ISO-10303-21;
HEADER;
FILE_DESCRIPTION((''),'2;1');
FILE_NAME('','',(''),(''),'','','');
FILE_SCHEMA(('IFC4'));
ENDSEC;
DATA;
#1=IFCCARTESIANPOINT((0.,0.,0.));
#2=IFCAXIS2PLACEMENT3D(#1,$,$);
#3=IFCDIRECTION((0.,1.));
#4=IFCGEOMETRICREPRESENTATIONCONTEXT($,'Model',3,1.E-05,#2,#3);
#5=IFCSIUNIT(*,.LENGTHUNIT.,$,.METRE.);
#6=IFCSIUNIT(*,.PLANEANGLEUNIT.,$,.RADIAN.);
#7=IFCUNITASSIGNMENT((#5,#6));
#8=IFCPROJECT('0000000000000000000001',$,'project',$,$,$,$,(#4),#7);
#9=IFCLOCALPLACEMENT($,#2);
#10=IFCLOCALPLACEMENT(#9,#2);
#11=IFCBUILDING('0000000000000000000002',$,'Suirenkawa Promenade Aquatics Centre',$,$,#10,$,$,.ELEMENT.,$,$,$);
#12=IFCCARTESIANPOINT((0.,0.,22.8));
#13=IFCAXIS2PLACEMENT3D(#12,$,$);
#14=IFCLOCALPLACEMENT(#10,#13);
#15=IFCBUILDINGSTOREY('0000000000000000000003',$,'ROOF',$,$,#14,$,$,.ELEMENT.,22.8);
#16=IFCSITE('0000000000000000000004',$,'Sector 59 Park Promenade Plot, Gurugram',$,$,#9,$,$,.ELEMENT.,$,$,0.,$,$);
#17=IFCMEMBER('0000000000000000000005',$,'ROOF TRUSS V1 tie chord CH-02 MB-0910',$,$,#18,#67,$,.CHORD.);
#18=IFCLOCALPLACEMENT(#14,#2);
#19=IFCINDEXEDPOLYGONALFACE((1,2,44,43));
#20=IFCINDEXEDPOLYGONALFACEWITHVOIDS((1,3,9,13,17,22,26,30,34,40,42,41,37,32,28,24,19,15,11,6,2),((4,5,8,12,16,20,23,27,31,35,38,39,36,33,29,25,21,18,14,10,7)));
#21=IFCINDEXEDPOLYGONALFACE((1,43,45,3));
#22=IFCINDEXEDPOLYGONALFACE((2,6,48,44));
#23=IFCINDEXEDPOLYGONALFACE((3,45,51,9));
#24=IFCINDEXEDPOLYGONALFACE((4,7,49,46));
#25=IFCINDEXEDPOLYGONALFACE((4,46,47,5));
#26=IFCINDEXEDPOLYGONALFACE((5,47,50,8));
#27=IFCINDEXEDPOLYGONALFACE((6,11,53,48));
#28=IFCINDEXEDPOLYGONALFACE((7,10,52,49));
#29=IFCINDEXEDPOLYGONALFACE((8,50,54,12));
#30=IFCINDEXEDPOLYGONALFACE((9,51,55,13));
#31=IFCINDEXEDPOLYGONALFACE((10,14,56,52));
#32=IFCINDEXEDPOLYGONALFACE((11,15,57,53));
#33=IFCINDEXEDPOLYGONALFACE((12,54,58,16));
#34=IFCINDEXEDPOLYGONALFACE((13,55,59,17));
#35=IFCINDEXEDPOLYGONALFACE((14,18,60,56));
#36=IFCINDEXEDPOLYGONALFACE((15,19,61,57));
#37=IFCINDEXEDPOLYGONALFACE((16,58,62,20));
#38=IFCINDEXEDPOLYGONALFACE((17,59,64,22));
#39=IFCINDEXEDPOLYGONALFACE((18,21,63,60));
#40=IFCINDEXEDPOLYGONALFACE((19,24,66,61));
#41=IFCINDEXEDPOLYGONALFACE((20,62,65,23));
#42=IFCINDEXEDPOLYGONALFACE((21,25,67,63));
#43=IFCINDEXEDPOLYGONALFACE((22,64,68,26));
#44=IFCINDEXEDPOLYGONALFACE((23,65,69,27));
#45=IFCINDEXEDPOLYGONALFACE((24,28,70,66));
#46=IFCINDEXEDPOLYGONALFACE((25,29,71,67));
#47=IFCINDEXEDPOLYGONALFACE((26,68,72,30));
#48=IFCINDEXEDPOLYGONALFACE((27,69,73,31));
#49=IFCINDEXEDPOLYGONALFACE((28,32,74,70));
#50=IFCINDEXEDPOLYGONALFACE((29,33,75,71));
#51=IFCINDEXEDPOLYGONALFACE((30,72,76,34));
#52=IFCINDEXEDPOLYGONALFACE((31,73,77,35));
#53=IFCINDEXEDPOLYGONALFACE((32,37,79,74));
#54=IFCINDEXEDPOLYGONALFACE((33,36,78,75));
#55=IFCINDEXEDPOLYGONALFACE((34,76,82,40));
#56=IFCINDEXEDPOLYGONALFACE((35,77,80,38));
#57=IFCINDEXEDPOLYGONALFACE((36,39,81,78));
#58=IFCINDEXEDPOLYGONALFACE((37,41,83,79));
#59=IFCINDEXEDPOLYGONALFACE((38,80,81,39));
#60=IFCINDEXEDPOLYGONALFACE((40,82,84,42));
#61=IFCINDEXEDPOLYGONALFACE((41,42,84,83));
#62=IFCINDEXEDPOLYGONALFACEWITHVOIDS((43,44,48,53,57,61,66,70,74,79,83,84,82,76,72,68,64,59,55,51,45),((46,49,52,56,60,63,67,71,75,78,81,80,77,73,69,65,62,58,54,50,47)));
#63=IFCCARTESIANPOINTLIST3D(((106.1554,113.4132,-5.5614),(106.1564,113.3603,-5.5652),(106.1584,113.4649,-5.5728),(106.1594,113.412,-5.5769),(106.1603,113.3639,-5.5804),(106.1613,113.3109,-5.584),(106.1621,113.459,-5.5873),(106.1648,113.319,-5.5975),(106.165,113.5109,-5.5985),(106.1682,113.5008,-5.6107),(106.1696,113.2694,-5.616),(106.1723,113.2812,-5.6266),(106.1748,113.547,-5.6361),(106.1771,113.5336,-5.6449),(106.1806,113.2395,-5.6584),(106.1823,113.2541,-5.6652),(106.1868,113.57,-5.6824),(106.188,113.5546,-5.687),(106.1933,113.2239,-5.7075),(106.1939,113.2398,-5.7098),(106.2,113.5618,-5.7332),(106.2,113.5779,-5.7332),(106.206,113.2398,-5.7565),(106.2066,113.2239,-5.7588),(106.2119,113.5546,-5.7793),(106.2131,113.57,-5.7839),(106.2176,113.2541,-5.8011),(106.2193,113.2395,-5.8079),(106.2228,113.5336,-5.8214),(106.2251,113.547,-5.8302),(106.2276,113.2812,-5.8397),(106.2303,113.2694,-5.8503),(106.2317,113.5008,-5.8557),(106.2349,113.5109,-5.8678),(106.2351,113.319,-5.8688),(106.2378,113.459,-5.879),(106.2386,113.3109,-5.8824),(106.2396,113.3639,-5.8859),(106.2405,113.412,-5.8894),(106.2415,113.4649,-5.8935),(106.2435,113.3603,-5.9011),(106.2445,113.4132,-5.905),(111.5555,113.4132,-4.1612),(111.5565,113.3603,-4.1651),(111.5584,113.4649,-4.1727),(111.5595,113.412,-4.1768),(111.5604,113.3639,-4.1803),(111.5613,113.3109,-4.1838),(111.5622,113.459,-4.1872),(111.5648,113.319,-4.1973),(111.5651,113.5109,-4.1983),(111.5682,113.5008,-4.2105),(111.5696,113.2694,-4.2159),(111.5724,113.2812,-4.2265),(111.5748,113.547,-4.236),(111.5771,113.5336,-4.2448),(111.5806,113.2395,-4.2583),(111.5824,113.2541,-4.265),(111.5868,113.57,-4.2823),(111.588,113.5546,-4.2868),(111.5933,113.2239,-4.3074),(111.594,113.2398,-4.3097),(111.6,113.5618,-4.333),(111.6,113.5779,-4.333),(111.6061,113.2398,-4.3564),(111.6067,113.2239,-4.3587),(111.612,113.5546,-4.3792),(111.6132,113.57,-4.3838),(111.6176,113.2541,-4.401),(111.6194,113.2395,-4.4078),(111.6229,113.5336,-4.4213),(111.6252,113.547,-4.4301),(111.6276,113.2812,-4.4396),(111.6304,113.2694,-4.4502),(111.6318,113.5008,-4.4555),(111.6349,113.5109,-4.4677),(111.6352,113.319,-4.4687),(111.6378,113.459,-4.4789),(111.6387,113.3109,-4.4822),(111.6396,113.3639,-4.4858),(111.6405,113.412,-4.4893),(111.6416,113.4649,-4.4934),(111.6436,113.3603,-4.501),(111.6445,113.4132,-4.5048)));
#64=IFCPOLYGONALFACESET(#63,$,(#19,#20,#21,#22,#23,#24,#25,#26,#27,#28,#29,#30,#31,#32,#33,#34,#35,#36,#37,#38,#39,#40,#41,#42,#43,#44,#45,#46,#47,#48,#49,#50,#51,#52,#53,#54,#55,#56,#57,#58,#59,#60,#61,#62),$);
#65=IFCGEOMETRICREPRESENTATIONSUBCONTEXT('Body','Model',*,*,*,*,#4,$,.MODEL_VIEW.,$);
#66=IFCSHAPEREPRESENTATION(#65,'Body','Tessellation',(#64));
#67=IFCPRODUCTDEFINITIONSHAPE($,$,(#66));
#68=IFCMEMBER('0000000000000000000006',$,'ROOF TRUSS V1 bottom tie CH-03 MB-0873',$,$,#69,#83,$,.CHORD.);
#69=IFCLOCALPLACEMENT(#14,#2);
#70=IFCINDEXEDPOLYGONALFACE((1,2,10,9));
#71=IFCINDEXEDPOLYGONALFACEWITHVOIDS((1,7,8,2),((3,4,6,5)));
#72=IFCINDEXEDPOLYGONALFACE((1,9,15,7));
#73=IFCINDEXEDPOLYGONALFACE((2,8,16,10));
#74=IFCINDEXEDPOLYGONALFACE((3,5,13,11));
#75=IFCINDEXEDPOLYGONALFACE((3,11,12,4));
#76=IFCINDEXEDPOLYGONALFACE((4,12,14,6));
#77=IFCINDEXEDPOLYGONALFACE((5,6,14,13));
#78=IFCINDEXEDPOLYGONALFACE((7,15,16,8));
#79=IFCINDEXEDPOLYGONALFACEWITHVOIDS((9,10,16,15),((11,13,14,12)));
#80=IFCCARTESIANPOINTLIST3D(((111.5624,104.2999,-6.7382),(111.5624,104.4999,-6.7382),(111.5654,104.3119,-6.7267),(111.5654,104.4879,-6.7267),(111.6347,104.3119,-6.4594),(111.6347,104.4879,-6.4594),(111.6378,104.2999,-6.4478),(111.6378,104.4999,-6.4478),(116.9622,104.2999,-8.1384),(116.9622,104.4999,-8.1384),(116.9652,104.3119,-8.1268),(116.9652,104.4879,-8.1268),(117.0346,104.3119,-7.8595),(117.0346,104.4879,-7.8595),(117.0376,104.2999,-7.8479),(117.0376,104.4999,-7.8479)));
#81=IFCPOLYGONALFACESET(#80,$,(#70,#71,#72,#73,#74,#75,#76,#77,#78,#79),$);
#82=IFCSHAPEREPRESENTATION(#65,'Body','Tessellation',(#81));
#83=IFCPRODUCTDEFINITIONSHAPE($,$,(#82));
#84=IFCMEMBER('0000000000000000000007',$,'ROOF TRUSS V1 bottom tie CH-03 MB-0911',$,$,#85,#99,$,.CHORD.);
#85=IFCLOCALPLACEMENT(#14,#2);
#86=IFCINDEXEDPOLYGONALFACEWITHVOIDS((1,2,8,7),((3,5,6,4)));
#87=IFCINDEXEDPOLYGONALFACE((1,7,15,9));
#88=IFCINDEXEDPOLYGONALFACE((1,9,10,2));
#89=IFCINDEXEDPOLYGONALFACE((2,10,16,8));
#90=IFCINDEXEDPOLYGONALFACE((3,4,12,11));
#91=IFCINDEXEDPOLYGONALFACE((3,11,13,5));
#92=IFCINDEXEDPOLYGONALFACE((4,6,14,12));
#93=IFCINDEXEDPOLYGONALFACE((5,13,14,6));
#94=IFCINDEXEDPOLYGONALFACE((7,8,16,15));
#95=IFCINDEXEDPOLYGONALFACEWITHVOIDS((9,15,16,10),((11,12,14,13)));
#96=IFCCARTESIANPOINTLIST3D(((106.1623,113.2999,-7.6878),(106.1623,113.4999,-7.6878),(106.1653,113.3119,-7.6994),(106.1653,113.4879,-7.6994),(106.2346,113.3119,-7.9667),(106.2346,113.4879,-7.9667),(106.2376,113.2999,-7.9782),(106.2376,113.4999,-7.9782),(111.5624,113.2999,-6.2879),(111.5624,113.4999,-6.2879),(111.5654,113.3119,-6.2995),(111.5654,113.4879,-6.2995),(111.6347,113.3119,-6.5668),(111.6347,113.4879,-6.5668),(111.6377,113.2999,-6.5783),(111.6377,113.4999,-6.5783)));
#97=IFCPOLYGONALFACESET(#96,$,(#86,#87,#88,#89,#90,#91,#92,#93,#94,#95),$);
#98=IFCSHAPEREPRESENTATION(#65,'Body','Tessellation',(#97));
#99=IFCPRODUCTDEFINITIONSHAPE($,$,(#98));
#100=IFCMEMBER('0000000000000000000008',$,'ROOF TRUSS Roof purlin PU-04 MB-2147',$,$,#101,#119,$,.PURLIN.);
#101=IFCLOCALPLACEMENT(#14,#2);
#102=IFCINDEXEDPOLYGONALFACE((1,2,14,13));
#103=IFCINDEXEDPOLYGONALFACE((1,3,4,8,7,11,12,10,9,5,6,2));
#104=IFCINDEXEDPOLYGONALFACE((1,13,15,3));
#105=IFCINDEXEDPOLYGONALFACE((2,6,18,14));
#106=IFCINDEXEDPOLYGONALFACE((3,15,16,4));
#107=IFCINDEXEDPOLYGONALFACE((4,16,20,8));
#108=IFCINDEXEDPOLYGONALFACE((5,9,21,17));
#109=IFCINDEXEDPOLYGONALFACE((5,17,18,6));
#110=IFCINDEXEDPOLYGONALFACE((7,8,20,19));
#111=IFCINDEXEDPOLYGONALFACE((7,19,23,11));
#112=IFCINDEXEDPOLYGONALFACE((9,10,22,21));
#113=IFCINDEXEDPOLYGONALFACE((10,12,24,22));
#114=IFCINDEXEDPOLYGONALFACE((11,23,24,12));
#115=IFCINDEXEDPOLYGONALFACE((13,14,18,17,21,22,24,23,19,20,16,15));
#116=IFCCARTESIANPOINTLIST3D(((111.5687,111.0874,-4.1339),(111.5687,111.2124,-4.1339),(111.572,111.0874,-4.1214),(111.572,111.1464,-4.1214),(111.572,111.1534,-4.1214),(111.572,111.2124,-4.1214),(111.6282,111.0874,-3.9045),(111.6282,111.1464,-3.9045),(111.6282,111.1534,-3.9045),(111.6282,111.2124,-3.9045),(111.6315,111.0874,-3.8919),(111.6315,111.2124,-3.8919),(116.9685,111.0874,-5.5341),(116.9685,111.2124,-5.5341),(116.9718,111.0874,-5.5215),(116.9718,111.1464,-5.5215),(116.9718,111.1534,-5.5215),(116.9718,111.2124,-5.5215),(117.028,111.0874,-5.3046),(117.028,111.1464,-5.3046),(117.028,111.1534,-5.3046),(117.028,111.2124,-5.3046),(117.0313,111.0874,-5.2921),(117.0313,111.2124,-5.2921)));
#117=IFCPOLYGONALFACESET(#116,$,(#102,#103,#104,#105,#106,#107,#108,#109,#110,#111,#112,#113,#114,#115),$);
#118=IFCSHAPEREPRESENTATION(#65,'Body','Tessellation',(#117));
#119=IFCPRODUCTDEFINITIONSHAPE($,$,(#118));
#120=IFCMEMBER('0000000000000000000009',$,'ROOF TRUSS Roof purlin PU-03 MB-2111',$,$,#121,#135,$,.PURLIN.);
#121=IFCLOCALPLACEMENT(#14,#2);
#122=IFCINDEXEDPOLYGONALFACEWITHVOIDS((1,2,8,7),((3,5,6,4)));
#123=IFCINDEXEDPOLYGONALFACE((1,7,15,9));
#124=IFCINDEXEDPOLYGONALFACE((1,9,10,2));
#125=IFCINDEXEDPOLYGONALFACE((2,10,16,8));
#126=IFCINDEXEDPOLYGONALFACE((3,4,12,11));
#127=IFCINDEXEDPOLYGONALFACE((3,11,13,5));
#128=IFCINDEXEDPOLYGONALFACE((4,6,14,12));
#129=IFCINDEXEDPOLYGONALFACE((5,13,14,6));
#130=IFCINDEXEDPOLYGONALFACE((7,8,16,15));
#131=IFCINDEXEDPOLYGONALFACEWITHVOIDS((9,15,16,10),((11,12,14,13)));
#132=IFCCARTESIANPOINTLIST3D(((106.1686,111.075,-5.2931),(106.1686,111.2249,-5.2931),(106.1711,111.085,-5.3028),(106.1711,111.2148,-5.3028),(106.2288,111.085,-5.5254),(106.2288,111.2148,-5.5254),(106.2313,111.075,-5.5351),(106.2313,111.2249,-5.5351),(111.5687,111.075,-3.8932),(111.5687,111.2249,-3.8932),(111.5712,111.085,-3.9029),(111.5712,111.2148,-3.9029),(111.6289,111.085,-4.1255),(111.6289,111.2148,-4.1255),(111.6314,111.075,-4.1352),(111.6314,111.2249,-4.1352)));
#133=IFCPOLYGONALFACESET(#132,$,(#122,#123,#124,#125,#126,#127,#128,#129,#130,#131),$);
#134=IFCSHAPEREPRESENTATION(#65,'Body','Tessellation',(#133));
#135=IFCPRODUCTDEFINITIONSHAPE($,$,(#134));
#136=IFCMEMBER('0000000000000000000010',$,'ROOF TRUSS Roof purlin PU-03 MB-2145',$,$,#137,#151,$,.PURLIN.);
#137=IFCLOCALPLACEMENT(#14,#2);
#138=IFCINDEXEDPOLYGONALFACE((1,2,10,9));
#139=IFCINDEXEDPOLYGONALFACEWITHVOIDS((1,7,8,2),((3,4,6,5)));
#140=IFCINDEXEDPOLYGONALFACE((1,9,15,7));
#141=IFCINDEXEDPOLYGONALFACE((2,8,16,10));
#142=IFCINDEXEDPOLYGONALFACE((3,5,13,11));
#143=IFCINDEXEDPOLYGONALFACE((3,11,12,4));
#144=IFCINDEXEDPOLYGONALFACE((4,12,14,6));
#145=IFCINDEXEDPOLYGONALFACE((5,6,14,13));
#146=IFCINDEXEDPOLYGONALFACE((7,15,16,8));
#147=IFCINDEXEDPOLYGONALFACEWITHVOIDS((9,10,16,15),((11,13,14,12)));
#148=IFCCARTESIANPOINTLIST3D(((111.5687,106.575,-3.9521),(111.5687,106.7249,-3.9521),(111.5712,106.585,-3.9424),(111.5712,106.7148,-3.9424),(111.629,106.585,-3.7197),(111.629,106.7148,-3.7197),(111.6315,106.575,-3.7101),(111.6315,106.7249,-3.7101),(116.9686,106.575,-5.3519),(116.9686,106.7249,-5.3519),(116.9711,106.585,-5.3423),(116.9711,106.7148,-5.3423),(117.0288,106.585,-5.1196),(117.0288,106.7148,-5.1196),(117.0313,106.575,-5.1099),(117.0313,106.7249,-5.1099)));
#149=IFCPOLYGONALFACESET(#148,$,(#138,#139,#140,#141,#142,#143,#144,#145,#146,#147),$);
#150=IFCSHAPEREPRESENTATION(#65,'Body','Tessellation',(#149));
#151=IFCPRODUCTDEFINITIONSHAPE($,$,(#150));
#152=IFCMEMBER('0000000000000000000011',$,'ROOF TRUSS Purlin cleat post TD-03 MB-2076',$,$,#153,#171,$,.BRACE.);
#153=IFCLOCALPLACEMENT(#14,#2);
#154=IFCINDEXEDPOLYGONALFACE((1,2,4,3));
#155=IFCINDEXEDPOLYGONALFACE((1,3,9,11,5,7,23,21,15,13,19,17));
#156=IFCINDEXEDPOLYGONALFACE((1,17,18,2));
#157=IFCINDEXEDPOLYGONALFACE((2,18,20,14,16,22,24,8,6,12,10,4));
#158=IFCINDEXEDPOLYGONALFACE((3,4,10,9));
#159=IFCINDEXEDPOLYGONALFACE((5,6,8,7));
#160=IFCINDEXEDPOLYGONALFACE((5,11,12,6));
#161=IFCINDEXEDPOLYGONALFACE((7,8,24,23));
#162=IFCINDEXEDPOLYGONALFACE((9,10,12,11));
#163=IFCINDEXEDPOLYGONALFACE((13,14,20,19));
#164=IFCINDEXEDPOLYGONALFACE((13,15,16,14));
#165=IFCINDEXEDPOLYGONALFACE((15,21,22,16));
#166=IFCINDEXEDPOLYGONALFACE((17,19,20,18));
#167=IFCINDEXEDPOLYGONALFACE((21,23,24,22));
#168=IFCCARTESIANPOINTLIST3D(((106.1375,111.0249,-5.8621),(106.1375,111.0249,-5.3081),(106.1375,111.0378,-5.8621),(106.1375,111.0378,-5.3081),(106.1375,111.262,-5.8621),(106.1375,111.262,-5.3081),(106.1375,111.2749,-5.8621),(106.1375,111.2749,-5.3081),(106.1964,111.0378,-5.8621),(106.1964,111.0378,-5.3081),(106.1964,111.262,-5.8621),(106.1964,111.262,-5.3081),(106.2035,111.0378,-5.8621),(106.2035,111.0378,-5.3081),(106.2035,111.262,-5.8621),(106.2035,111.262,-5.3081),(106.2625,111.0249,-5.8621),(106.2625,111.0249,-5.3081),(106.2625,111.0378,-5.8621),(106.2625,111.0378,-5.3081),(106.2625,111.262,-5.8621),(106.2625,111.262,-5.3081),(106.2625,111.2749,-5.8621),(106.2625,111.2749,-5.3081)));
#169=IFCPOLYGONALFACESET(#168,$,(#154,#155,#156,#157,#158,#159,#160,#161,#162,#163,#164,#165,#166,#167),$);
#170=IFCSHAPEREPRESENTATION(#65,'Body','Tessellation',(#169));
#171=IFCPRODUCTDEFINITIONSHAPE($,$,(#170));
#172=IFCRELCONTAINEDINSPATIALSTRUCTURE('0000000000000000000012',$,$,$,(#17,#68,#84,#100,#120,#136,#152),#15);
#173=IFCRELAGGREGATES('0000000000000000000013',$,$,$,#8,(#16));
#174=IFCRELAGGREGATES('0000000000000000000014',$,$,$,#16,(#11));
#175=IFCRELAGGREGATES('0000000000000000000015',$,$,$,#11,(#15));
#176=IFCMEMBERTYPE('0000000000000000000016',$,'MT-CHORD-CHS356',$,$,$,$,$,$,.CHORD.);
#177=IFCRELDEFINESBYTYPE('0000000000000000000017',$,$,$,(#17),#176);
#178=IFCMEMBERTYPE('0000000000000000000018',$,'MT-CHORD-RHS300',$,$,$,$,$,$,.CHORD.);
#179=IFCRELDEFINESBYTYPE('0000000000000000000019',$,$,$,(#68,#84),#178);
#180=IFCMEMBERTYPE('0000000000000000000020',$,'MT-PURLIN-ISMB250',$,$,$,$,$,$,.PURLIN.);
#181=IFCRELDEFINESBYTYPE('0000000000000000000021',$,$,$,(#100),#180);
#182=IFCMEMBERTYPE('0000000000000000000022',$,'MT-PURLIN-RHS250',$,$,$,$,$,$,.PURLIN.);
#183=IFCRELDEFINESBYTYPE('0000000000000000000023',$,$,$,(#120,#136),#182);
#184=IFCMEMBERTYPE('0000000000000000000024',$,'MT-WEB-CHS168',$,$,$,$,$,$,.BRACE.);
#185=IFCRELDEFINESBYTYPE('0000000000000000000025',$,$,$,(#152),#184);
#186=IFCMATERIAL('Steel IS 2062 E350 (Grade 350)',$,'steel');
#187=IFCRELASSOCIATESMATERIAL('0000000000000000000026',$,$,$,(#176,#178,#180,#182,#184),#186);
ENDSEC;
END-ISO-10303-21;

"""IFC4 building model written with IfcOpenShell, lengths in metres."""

from ifc_helpers import new_model, si_unit, direction, frame, origin, origin_2d, place, context, subcontext, project, spatial, hollow_rectangle, hollow_circle, i_section, extrude, material, material_profile, profile_set, type_object, element, save


model = new_model("IFC4")

# Units and contexts
model_context = context("Model", 3, precision=1e-05, world=origin(), true_north=direction((0.0, 1.0)))
body_context = subcontext(model_context, "Body", "Model", "MODEL_VIEW")
ifc_project = project(units=[si_unit("LENGTHUNIT", "METRE"), si_unit("PLANEANGLEUNIT", "RADIAN")], contexts=[model_context])

# Site, building, storey
site_placement = place(None, origin())
site = spatial("IfcSite", under=ifc_project, at=site_placement, Name="Sector 59 Park Promenade Plot, Gurugram", CompositionType="ELEMENT", RefElevation=0.0)
building_placement = place(site_placement, origin())
building = spatial("IfcBuilding", under=site, at=building_placement, Name="Suirenkawa Promenade Aquatics Centre", CompositionType="ELEMENT")
storey_placement = place(building_placement, frame((0.0, 0.0, 22.8)))
storey = spatial("IfcBuildingStorey", under=building, at=storey_placement, Name="ROOF", CompositionType="ELEMENT", Elevation=22.8)

# Shared definitions
ifc_material = material(Name="Steel IS 2062 E350 (Grade 350)", Category="steel")

# Members
ifc_material_profile_1 = material_profile(ifc_material, hollow_circle(Radius=0.178, WallThickness=0.0161, at=origin_2d()), Name="CHS 356x16", Category="steel")
ifc_profile_set_1 = profile_set([ifc_material_profile_1], Name="Steel IS 2062 E350 (Grade 350)")
member_type_1 = type_object("IfcMemberType", Name="MT-CHORD-CHS356", PredefinedType="CHORD", material=ifc_profile_set_1)
member_1_placement = place(storey_placement, frame((106.2, 113.3999, -5.7332), z_axis=(0.967992, 0.0, 0.25098), x_axis=(0.0, 1.0, 0.0)))
element("IfcMember", 1, at=member_1_placement, inside=storey, type_object=member_type_1, Name="ROOF TRUSS V1 tie chord CH-02 MB-0910", PredefinedType="CHORD", context=body_context, shape_type="SweptSolid", body=[
    extrude(hollow_circle(Radius=0.178, WallThickness=0.0161, at=origin_2d()), origin(), (0.0, 0.0, 1.0), 5.5786),
])
ifc_material_profile_2 = material_profile(ifc_material, hollow_rectangle(XDim=0.2, YDim=0.3, WallThickness=0.012, at=origin_2d()), Name="RHS 300x200x12", Category="steel")
ifc_profile_set_2 = profile_set([ifc_material_profile_2], Name="Steel IS 2062 E350 (Grade 350)")
member_type_2 = type_object("IfcMemberType", Name="MT-CHORD-RHS300", PredefinedType="CHORD", material=ifc_profile_set_2)
member_2_placement = place(storey_placement, frame((111.6001, 104.3999, -6.593), z_axis=(0.967989, 0.0, -0.250991), x_axis=(0.0, 1.0, 0.0)))
element("IfcMember", 2, at=member_2_placement, inside=storey, type_object=member_type_2, Name="ROOF TRUSS V1 bottom tie CH-03 MB-0873", PredefinedType="CHORD", context=body_context, shape_type="SweptSolid", body=[
    extrude(hollow_rectangle(XDim=0.2, YDim=0.3, WallThickness=0.012, at=origin_2d()), origin(), (0.0, 0.0, 1.0), 5.5784),
])
member_3_placement = place(storey_placement, frame((106.2, 113.3999, -7.833), z_axis=(0.968003, 0.0, 0.250939), x_axis=(0.0, 1.0, 0.0)))
element("IfcMember", 3, at=member_3_placement, inside=storey, type_object=member_type_2, Name="ROOF TRUSS V1 bottom tie CH-03 MB-0911", PredefinedType="CHORD", context=body_context, shape_type="SweptSolid", body=[
    extrude(hollow_rectangle(XDim=0.2, YDim=0.3, WallThickness=0.012, at=origin_2d()), origin(), (0.0, 0.0, 1.0), 5.5786),
])
ifc_material_profile_3 = material_profile(ifc_material, i_section(OverallWidth=0.125, OverallDepth=0.25, WebThickness=0.0071, FlangeThickness=0.0129, at=origin_2d()), Name="ISMB 250", Category="steel")
ifc_profile_set_3 = profile_set([ifc_material_profile_3], Name="Steel IS 2062 E350 (Grade 350)")
member_type_3 = type_object("IfcMemberType", Name="MT-PURLIN-ISMB250", PredefinedType="PURLIN", material=ifc_profile_set_3)
member_4_placement = place(storey_placement, frame((111.6001, 111.1499, -4.0129), z_axis=(0.967989, 0.0, -0.250991), x_axis=(0.0, 1.0, 0.0)))
element("IfcMember", 4, at=member_4_placement, inside=storey, type_object=member_type_3, Name="ROOF TRUSS Roof purlin PU-04 MB-2147", PredefinedType="PURLIN", context=body_context, shape_type="SweptSolid", body=[
    extrude(i_section(OverallWidth=0.125, OverallDepth=0.25, WebThickness=0.0071, FlangeThickness=0.0129, at=origin_2d()), origin(), (0.0, 0.0, 1.0), 5.5784),
])
ifc_material_profile_4 = material_profile(ifc_material, hollow_rectangle(XDim=0.1499, YDim=0.25, WallThickness=0.01, at=origin_2d()), Name="RHS 250x150x10", Category="steel")
ifc_profile_set_4 = profile_set([ifc_material_profile_4], Name="Steel IS 2062 E350 (Grade 350)")
member_type_4 = type_object("IfcMemberType", Name="MT-PURLIN-RHS250", PredefinedType="PURLIN", material=ifc_profile_set_4)
member_5_placement = place(storey_placement, frame((106.2, 111.1499, -5.4141), z_axis=(0.968003, 0.0, 0.250939), x_axis=(0.0, 1.0, 0.0)))
element("IfcMember", 5, at=member_5_placement, inside=storey, type_object=member_type_4, Name="ROOF TRUSS Roof purlin PU-03 MB-2111", PredefinedType="PURLIN", context=body_context, shape_type="SweptSolid", body=[
    extrude(hollow_rectangle(XDim=0.1499, YDim=0.25, WallThickness=0.01, at=origin_2d()), origin(), (0.0, 0.0, 1.0), 5.5786),
])
member_6_placement = place(storey_placement, frame((111.6001, 106.6499, -3.8311), z_axis=(0.968, 0.0, -0.25095), x_axis=(0.0, 1.0, 0.0)))
element("IfcMember", 6, at=member_6_placement, inside=storey, type_object=member_type_4, Name="ROOF TRUSS Roof purlin PU-03 MB-2145", PredefinedType="PURLIN", context=body_context, shape_type="SweptSolid", body=[
    extrude(hollow_rectangle(XDim=0.1499, YDim=0.25, WallThickness=0.01, at=origin_2d()), origin(), (0.0, 0.0, 1.0), 5.5784),
])
ifc_material_profile_5 = material_profile(ifc_material, i_section(OverallWidth=0.125, OverallDepth=0.25, WebThickness=0.0071, FlangeThickness=0.0129, at=origin_2d()), Name="ISMB 250", Category="steel")
ifc_profile_set_5 = profile_set([ifc_material_profile_5], Name="Steel IS 2062 E350 (Grade 350)")
member_type_5 = type_object("IfcMemberType", Name="MT-WEB-CHS168", PredefinedType="BRACE", material=ifc_profile_set_5)
member_7_placement = place(storey_placement, frame((106.2, 111.1499, -5.8621), z_axis=(0.0, 0.0, 1.0), x_axis=(1.0, 0.0, 0.0)))
element("IfcMember", 7, at=member_7_placement, inside=storey, type_object=member_type_5, Name="ROOF TRUSS Purlin cleat post TD-03 MB-2076", PredefinedType="BRACE", context=body_context, shape_type="SweptSolid", body=[
    extrude(i_section(OverallWidth=0.125, OverallDepth=0.25, WebThickness=0.0071, FlangeThickness=0.0129, at=origin_2d()), origin(), (0.0, 0.0, 1.0), 0.554),
])

save(model, "model.ifc")
